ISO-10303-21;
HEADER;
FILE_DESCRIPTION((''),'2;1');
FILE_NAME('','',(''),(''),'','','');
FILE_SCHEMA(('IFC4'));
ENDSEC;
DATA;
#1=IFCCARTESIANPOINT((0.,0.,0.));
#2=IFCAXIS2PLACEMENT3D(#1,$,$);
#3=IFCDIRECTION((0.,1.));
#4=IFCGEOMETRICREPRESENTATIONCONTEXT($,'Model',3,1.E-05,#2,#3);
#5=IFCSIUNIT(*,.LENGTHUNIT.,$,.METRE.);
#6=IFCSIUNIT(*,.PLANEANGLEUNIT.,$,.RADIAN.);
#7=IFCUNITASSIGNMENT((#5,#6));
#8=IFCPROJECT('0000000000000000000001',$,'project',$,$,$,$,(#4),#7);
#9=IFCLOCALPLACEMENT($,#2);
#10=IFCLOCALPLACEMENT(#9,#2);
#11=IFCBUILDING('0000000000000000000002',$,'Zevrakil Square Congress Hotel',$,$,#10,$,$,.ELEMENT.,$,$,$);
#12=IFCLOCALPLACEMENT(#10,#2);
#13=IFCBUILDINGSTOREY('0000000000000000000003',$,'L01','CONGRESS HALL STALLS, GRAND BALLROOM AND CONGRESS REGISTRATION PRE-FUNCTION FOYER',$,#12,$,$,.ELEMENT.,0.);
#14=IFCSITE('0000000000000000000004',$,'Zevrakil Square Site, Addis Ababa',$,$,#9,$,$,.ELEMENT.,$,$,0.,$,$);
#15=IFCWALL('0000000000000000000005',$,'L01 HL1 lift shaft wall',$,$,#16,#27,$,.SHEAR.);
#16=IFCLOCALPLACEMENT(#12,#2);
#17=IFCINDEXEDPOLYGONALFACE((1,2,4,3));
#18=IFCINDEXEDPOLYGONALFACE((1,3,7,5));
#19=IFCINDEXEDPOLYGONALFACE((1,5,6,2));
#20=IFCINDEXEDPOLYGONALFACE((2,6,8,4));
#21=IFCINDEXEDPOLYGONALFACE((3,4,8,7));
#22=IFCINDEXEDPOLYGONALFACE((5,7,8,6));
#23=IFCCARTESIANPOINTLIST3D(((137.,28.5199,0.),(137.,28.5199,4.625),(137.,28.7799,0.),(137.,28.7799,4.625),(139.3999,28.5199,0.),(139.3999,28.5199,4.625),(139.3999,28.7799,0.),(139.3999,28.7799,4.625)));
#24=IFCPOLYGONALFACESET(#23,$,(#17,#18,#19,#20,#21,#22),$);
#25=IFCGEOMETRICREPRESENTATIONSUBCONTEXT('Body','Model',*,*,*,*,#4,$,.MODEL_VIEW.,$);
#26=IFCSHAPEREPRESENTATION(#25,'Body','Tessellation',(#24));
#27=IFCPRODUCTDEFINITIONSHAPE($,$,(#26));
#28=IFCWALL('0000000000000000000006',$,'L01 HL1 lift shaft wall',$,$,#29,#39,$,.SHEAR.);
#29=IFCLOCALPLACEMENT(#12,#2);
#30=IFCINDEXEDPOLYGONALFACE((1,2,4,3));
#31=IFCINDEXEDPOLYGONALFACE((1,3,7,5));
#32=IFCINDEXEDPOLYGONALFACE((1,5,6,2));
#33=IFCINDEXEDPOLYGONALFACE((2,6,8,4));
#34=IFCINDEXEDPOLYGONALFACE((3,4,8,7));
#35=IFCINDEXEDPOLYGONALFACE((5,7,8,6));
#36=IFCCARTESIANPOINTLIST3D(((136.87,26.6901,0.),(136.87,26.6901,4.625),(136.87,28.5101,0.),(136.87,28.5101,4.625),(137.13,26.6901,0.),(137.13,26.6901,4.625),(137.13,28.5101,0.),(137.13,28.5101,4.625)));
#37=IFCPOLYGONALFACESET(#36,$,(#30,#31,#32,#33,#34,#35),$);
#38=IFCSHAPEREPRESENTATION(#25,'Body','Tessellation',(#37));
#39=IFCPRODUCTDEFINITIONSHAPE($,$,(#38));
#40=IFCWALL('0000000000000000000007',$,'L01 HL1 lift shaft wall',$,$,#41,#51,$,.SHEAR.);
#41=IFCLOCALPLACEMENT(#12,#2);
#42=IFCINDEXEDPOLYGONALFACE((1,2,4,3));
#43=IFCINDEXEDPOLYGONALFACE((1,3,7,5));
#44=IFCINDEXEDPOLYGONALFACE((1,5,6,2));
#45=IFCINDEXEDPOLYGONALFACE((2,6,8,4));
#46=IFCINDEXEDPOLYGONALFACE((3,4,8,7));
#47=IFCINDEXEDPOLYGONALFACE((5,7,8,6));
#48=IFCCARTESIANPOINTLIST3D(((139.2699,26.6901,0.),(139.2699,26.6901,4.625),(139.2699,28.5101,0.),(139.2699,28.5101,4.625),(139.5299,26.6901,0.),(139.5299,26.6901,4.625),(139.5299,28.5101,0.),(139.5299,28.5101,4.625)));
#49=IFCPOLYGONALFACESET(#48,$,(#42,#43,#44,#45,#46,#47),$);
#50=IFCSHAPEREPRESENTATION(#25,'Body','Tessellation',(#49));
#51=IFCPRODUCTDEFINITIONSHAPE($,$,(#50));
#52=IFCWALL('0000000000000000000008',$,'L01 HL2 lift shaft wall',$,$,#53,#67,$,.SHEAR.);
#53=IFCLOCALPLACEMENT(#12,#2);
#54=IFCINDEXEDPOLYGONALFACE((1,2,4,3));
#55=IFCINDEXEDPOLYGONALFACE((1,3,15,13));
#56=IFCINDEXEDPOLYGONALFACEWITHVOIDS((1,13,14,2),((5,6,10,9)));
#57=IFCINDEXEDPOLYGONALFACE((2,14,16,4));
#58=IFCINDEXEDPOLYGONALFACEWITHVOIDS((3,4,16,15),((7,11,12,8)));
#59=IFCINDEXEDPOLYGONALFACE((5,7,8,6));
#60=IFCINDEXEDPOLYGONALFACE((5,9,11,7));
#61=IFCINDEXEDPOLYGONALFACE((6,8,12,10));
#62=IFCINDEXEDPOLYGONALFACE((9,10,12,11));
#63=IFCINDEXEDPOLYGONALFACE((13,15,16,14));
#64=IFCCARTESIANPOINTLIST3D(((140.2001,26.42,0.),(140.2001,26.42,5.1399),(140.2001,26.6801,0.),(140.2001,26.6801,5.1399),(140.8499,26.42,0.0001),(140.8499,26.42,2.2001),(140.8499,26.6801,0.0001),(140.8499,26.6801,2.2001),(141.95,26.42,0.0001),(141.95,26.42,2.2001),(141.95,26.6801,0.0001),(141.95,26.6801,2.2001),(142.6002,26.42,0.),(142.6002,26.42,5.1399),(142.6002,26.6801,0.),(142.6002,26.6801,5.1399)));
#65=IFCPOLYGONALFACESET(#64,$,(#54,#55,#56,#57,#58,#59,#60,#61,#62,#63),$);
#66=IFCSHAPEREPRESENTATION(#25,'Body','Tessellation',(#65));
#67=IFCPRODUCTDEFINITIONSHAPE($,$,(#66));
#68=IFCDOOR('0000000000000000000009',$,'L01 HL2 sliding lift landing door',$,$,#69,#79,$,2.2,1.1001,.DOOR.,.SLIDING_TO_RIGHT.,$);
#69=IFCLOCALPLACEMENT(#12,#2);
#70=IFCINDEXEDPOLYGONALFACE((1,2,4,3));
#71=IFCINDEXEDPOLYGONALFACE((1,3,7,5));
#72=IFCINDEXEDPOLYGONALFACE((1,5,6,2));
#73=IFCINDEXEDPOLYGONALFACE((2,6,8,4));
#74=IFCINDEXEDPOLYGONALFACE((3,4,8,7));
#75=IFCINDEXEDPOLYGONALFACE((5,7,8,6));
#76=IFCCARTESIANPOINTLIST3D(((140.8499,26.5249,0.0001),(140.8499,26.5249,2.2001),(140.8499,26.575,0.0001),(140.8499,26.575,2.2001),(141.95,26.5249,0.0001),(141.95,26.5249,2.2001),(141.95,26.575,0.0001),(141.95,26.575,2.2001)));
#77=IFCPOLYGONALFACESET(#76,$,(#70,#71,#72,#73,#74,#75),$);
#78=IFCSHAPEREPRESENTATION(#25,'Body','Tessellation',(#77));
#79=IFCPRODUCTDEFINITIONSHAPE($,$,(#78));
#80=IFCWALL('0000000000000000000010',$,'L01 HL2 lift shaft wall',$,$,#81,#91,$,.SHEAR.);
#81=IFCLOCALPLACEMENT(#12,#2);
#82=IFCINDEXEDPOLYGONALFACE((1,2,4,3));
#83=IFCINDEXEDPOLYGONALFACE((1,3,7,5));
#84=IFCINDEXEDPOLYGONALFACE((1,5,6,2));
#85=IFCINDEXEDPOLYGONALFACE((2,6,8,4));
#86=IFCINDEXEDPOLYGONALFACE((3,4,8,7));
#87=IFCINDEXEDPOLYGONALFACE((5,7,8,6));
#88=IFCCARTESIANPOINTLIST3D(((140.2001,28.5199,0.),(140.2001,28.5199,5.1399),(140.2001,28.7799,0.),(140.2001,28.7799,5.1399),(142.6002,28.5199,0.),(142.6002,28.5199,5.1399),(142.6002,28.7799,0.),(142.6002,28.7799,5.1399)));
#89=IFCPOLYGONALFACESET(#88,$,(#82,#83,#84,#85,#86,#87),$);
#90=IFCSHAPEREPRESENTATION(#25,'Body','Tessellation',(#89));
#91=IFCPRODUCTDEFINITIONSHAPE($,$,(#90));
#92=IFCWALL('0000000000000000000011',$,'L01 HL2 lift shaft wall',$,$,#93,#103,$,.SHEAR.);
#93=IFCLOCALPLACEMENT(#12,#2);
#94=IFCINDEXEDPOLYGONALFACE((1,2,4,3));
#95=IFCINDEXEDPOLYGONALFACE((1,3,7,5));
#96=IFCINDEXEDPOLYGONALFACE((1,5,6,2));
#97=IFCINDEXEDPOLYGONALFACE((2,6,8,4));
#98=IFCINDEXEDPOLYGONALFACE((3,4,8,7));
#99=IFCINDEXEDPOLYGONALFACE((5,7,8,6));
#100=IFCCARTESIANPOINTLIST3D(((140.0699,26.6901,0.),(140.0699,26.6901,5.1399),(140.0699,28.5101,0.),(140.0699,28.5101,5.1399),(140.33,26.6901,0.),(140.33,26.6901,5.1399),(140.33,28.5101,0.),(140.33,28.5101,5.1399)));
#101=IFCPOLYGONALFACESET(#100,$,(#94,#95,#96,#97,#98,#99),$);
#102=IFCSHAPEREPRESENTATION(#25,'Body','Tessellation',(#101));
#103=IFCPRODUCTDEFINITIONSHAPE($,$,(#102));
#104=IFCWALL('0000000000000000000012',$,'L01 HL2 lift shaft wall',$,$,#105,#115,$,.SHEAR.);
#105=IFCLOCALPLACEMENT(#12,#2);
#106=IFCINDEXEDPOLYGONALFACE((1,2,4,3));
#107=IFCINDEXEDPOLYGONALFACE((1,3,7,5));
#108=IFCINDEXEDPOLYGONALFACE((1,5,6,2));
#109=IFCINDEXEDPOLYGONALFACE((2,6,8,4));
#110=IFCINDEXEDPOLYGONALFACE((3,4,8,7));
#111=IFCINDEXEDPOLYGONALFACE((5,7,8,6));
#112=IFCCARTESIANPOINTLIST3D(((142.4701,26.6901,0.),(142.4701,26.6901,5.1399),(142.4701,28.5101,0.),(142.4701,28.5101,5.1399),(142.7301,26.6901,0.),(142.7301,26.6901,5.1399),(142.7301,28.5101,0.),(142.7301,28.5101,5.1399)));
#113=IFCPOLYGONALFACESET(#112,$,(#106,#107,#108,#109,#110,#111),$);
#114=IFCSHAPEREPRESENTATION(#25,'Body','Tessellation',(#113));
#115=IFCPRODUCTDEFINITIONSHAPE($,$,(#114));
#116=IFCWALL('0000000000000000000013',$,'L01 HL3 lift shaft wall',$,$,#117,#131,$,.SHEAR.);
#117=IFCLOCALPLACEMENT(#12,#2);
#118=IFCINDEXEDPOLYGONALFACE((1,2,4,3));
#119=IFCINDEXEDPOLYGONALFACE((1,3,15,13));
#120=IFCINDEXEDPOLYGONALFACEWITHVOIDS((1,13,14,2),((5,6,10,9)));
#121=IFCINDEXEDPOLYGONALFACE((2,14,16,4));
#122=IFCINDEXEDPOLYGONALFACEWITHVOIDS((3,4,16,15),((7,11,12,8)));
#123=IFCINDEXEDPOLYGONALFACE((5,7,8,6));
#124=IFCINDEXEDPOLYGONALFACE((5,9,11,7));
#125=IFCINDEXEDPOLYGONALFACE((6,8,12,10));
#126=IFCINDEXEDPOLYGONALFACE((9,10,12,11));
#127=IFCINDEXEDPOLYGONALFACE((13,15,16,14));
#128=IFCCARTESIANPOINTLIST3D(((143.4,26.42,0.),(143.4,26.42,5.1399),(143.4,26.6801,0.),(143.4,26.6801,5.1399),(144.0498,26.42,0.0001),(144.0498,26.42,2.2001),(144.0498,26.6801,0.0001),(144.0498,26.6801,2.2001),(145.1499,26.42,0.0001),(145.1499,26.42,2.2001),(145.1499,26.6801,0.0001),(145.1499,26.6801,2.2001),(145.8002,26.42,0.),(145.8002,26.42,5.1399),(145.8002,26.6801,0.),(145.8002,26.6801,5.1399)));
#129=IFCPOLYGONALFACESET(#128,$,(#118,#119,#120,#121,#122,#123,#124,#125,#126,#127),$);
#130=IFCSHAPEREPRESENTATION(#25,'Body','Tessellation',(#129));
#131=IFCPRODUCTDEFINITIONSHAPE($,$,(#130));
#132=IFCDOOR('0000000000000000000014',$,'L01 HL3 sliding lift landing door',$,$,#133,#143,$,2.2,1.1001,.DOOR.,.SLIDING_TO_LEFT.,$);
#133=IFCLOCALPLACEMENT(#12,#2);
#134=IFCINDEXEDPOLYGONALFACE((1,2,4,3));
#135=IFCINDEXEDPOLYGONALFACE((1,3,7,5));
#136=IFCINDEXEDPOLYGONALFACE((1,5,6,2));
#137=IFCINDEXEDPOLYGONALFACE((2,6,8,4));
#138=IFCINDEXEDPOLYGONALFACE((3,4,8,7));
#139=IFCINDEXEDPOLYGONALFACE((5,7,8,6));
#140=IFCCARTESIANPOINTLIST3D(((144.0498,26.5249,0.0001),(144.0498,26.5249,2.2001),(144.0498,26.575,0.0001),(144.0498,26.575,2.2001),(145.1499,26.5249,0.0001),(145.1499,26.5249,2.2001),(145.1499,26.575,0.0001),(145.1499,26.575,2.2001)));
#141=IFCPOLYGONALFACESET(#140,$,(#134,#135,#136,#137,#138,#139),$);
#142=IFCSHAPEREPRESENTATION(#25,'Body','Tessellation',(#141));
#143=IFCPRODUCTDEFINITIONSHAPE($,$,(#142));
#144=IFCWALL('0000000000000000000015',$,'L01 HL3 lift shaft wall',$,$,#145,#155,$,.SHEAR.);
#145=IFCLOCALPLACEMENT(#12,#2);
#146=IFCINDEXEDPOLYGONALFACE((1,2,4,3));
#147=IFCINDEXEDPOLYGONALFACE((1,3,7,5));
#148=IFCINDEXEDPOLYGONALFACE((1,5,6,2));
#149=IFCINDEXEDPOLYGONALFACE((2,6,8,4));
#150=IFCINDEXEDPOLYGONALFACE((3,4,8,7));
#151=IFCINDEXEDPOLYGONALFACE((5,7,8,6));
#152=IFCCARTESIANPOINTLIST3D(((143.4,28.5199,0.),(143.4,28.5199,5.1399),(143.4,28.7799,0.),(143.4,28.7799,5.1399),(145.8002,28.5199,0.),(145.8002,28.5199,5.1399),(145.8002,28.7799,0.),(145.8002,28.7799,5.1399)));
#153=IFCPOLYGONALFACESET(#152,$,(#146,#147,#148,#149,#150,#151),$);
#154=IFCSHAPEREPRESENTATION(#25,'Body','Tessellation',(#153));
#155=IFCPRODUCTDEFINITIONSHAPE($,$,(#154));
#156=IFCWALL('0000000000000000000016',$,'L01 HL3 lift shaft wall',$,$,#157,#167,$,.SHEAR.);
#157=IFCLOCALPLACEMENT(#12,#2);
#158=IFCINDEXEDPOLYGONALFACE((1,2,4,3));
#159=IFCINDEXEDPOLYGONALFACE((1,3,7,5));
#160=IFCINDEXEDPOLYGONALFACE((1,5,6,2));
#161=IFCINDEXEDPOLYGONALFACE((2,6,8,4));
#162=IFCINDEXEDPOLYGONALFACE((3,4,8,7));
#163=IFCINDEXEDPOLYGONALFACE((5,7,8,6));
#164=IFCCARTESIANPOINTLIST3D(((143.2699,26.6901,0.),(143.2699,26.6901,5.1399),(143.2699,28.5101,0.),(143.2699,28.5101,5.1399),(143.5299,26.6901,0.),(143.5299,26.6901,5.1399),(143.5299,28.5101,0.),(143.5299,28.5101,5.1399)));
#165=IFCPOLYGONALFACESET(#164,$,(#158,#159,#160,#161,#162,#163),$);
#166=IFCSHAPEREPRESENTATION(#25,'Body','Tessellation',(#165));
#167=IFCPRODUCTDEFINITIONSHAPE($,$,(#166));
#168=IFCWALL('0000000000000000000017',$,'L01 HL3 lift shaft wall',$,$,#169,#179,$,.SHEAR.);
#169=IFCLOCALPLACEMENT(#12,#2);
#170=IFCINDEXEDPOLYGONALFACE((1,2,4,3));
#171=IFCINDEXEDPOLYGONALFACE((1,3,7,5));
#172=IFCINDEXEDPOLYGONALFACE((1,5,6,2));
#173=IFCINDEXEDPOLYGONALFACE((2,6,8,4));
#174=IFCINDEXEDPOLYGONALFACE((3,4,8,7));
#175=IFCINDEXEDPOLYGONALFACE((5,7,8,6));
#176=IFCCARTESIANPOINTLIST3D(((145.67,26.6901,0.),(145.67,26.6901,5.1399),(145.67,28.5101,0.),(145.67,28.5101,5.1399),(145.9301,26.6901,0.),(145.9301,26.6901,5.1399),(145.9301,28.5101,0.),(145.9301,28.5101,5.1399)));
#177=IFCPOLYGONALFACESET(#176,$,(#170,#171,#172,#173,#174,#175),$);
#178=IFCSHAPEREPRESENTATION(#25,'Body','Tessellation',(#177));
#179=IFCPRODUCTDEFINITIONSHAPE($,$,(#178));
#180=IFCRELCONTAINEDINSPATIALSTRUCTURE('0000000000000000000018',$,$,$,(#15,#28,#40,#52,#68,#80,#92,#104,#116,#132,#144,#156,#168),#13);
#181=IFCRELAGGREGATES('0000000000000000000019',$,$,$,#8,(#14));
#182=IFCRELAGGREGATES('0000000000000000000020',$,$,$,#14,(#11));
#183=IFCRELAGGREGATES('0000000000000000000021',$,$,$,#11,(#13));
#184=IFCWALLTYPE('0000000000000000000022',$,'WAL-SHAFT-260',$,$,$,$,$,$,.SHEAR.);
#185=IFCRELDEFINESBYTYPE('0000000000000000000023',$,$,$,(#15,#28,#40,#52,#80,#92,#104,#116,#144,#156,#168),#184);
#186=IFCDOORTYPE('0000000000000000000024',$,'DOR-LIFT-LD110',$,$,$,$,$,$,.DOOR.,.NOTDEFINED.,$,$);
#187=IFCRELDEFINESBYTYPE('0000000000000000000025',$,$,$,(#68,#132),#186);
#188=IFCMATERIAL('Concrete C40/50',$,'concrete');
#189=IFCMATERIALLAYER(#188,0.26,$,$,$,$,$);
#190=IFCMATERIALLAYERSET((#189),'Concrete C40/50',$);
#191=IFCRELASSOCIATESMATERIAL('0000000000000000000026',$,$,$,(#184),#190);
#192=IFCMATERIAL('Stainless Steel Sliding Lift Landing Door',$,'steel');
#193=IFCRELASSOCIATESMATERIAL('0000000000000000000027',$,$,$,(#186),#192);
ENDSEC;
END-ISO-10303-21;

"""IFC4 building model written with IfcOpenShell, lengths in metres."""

from ifc_helpers import new_model, si_unit, direction, frame, frame_2d, origin, place, context, subcontext, project, spatial, rectangle, extrude, material, layer, layer_set, type_object, element, fill, save


model = new_model("IFC4")

# Units and contexts
model_context = context("Model", 3, precision=1e-05, world=origin(), true_north=direction((0.0, 1.0)))
body_context = subcontext(model_context, "Body", "Model", "MODEL_VIEW")
ifc_project = project(units=[si_unit("LENGTHUNIT", "METRE"), si_unit("PLANEANGLEUNIT", "RADIAN")], contexts=[model_context])

# Site, building, storey
site_placement = place(None, origin())
site = spatial("IfcSite", under=ifc_project, at=site_placement, Name="Zevrakil Square Site, Addis Ababa", CompositionType="ELEMENT", RefElevation=0.0)
building_placement = place(site_placement, origin())
building = spatial("IfcBuilding", under=site, at=building_placement, Name="Zevrakil Square Congress Hotel", CompositionType="ELEMENT")
storey_placement = place(building_placement, origin())
storey = spatial("IfcBuildingStorey", under=building, at=storey_placement, Name="L01", Description="CONGRESS HALL STALLS, GRAND BALLROOM AND CONGRESS REGISTRATION PRE-FUNCTION FOYER", CompositionType="ELEMENT", Elevation=0.0)

# Shared definitions
ifc_material_1 = material(Name="Concrete C40/50", Category="concrete")
ifc_layer_1 = layer(ifc_material_1, 0.26)
ifc_layer_set_1 = layer_set([ifc_layer_1], Name="Concrete C40/50")
wall_type = type_object("IfcWallType", Name="WAL-SHAFT-260", PredefinedType="SHEAR", material=ifc_layer_set_1)

# Shared definitions
ifc_material_2 = material(Name="Stainless Steel Sliding Lift Landing Door", Category="steel")
door_type_1 = type_object("IfcDoorType", Name="DOR-LIFT-LD110", OperationType="NOTDEFINED", PredefinedType="DOOR", material=ifc_material_2)

# Walls
wall_1_placement = place(storey_placement, frame((137.0, 28.6499, 0.0), z_axis=(0.0, 0.0, 1.0), x_axis=(1.0, 0.0, 0.0)))
element("IfcWall", 1, at=wall_1_placement, inside=storey, type_object=wall_type, Name="L01 HL1 lift shaft wall", PredefinedType="SHEAR", context=body_context, shape_type="SweptSolid", body=[
    extrude(rectangle(XDim=2.3999, YDim=0.26, at=frame_2d((1.2, 0.0))), origin(), (0.0, 0.0, 1.0), 4.625),
])
for number, where, z_axis, x_axis, name in (
    (2, (137.0, 26.6899, 0.0), (0.0, 0.0, 1.0), (0.0, 1.0, 0.0), "L01 HL1 lift shaft wall"),
    (3, (139.3999, 26.6899, 0.0), (0.0, 0.0, 1.0), (0.0, 1.0, 0.0), "L01 HL1 lift shaft wall"),
):
    element("IfcWall", number, at=place(storey_placement, frame(where, z_axis=z_axis, x_axis=x_axis)), inside=storey, type_object=wall_type, Name=name, PredefinedType="SHEAR", context=body_context, shape_type="SweptSolid", body=[
        extrude(rectangle(XDim=1.8201, YDim=0.26, at=frame_2d((0.9102, 0.0))), origin(), (0.0, 0.0, 1.0), 4.625),
    ])

# Wall, opening, door
wall_2_placement = place(storey_placement, frame((140.2, 26.55, 0.0), z_axis=(0.0, 0.0, 1.0), x_axis=(1.0, 0.0, 0.0)))
wall_2 = element("IfcWall", 4, at=wall_2_placement, inside=storey, type_object=wall_type, Name="L01 HL2 lift shaft wall", PredefinedType="SHEAR", context=body_context, shape_type="SweptSolid", body=[
    extrude(rectangle(XDim=2.4001, YDim=0.26, at=frame_2d((1.2002, 0.0))), origin(), (0.0, 0.0, 1.0), 5.1399),
])
opening_1_placement = place(wall_2_placement, frame((0.6499, 0.0, 0.0)))
opening_1 = element("IfcOpeningElement", 5, at=opening_1_placement, cuts=wall_2, PredefinedType="OPENING", context=body_context, shape_type="SweptSolid", body=[
    extrude(rectangle(XDim=1.1001, YDim=2.2, at=frame_2d((0.55, 1.1001))), frame((0.0, 0.1401, 0.0), z_axis=(0.0, -1.0, 0.0), x_axis=(1.0, 0.0, 0.0)), (0.0, 0.0, 1.0), 0.28),
])
door_1_placement = place(opening_1_placement, origin())
door_1 = element("IfcDoor", 6, at=door_1_placement, inside=storey, type_object=door_type_1, Name="L01 HL2 sliding lift landing door", OperationType="SLIDING_TO_RIGHT", OverallHeight=2.2, OverallWidth=1.1001, PredefinedType="DOOR", context=body_context, shape_type="SweptSolid", body=[
    extrude(rectangle(XDim=1.1001, YDim=2.2, at=frame_2d((0.55, 1.1001))), frame((0.0, 0.0249, 0.0), z_axis=(0.0, -1.0, 0.0), x_axis=(1.0, 0.0, 0.0)), (0.0, 0.0, 1.0), 0.05),
])
fill(opening_1, door_1)

# Walls
wall_3_placement = place(storey_placement, frame((140.2, 28.6499, 0.0), z_axis=(0.0, 0.0, 1.0), x_axis=(1.0, 0.0, 0.0)))
element("IfcWall", 7, at=wall_3_placement, inside=storey, type_object=wall_type, Name="L01 HL2 lift shaft wall", PredefinedType="SHEAR", context=body_context, shape_type="SweptSolid", body=[
    extrude(rectangle(XDim=2.4001, YDim=0.26, at=frame_2d((1.2002, 0.0))), origin(), (0.0, 0.0, 1.0), 5.1399),
])
for number, where, z_axis, x_axis, name in (
    (8, (140.2, 26.6899, 0.0), (0.0, 0.0, 1.0), (0.0, 1.0, 0.0), "L01 HL2 lift shaft wall"),
    (9, (142.6001, 26.6899, 0.0), (0.0, 0.0, 1.0), (0.0, 1.0, 0.0), "L01 HL2 lift shaft wall"),
):
    element("IfcWall", number, at=place(storey_placement, frame(where, z_axis=z_axis, x_axis=x_axis)), inside=storey, type_object=wall_type, Name=name, PredefinedType="SHEAR", context=body_context, shape_type="SweptSolid", body=[
        extrude(rectangle(XDim=1.8201, YDim=0.26, at=frame_2d((0.9102, 0.0))), origin(), (0.0, 0.0, 1.0), 5.1399),
    ])

# Wall, opening, door
wall_4_placement = place(storey_placement, frame((143.3999, 26.55, 0.0), z_axis=(0.0, 0.0, 1.0), x_axis=(1.0, 0.0, 0.0)))
wall_4 = element("IfcWall", 10, at=wall_4_placement, inside=storey, type_object=wall_type, Name="L01 HL3 lift shaft wall", PredefinedType="SHEAR", context=body_context, shape_type="SweptSolid", body=[
    extrude(rectangle(XDim=2.4001, YDim=0.26, at=frame_2d((1.2002, 0.0))), origin(), (0.0, 0.0, 1.0), 5.1399),
])
opening_2_placement = place(wall_4_placement, frame((0.6499, 0.0, 0.0)))
opening_2 = element("IfcOpeningElement", 11, at=opening_2_placement, cuts=wall_4, PredefinedType="OPENING", context=body_context, shape_type="SweptSolid", body=[
    extrude(rectangle(XDim=1.1001, YDim=2.2, at=frame_2d((0.55, 1.1001))), frame((0.0, 0.1401, 0.0), z_axis=(0.0, -1.0, 0.0), x_axis=(1.0, 0.0, 0.0)), (0.0, 0.0, 1.0), 0.28),
])
door_2_placement = place(opening_2_placement, origin())
door_2 = element("IfcDoor", 12, at=door_2_placement, inside=storey, type_object=door_type_1, Name="L01 HL3 sliding lift landing door", OperationType="SLIDING_TO_LEFT", OverallHeight=2.2, OverallWidth=1.1001, PredefinedType="DOOR", context=body_context, shape_type="SweptSolid", body=[
    extrude(rectangle(XDim=1.1001, YDim=2.2, at=frame_2d((0.55, 1.1001))), frame((0.0, 0.0249, 0.0), z_axis=(0.0, -1.0, 0.0), x_axis=(1.0, 0.0, 0.0)), (0.0, 0.0, 1.0), 0.05),
])
fill(opening_2, door_2)

# Walls
wall_5_placement = place(storey_placement, frame((143.3999, 28.6499, 0.0), z_axis=(0.0, 0.0, 1.0), x_axis=(1.0, 0.0, 0.0)))
element("IfcWall", 13, at=wall_5_placement, inside=storey, type_object=wall_type, Name="L01 HL3 lift shaft wall", PredefinedType="SHEAR", context=body_context, shape_type="SweptSolid", body=[
    extrude(rectangle(XDim=2.4001, YDim=0.26, at=frame_2d((1.2002, 0.0))), origin(), (0.0, 0.0, 1.0), 5.1399),
])
for number, where, z_axis, x_axis, name in (
    (14, (143.3999, 26.6899, 0.0), (0.0, 0.0, 1.0), (0.0, 1.0, 0.0), "L01 HL3 lift shaft wall"),
    (15, (145.8, 26.6899, 0.0), (0.0, 0.0, 1.0), (0.0, 1.0, 0.0), "L01 HL3 lift shaft wall"),
):
    element("IfcWall", number, at=place(storey_placement, frame(where, z_axis=z_axis, x_axis=x_axis)), inside=storey, type_object=wall_type, Name=name, PredefinedType="SHEAR", context=body_context, shape_type="SweptSolid", body=[
        extrude(rectangle(XDim=1.8201, YDim=0.26, at=frame_2d((0.9102, 0.0))), origin(), (0.0, 0.0, 1.0), 5.1399),
    ])

save(model, "model.ifc")
